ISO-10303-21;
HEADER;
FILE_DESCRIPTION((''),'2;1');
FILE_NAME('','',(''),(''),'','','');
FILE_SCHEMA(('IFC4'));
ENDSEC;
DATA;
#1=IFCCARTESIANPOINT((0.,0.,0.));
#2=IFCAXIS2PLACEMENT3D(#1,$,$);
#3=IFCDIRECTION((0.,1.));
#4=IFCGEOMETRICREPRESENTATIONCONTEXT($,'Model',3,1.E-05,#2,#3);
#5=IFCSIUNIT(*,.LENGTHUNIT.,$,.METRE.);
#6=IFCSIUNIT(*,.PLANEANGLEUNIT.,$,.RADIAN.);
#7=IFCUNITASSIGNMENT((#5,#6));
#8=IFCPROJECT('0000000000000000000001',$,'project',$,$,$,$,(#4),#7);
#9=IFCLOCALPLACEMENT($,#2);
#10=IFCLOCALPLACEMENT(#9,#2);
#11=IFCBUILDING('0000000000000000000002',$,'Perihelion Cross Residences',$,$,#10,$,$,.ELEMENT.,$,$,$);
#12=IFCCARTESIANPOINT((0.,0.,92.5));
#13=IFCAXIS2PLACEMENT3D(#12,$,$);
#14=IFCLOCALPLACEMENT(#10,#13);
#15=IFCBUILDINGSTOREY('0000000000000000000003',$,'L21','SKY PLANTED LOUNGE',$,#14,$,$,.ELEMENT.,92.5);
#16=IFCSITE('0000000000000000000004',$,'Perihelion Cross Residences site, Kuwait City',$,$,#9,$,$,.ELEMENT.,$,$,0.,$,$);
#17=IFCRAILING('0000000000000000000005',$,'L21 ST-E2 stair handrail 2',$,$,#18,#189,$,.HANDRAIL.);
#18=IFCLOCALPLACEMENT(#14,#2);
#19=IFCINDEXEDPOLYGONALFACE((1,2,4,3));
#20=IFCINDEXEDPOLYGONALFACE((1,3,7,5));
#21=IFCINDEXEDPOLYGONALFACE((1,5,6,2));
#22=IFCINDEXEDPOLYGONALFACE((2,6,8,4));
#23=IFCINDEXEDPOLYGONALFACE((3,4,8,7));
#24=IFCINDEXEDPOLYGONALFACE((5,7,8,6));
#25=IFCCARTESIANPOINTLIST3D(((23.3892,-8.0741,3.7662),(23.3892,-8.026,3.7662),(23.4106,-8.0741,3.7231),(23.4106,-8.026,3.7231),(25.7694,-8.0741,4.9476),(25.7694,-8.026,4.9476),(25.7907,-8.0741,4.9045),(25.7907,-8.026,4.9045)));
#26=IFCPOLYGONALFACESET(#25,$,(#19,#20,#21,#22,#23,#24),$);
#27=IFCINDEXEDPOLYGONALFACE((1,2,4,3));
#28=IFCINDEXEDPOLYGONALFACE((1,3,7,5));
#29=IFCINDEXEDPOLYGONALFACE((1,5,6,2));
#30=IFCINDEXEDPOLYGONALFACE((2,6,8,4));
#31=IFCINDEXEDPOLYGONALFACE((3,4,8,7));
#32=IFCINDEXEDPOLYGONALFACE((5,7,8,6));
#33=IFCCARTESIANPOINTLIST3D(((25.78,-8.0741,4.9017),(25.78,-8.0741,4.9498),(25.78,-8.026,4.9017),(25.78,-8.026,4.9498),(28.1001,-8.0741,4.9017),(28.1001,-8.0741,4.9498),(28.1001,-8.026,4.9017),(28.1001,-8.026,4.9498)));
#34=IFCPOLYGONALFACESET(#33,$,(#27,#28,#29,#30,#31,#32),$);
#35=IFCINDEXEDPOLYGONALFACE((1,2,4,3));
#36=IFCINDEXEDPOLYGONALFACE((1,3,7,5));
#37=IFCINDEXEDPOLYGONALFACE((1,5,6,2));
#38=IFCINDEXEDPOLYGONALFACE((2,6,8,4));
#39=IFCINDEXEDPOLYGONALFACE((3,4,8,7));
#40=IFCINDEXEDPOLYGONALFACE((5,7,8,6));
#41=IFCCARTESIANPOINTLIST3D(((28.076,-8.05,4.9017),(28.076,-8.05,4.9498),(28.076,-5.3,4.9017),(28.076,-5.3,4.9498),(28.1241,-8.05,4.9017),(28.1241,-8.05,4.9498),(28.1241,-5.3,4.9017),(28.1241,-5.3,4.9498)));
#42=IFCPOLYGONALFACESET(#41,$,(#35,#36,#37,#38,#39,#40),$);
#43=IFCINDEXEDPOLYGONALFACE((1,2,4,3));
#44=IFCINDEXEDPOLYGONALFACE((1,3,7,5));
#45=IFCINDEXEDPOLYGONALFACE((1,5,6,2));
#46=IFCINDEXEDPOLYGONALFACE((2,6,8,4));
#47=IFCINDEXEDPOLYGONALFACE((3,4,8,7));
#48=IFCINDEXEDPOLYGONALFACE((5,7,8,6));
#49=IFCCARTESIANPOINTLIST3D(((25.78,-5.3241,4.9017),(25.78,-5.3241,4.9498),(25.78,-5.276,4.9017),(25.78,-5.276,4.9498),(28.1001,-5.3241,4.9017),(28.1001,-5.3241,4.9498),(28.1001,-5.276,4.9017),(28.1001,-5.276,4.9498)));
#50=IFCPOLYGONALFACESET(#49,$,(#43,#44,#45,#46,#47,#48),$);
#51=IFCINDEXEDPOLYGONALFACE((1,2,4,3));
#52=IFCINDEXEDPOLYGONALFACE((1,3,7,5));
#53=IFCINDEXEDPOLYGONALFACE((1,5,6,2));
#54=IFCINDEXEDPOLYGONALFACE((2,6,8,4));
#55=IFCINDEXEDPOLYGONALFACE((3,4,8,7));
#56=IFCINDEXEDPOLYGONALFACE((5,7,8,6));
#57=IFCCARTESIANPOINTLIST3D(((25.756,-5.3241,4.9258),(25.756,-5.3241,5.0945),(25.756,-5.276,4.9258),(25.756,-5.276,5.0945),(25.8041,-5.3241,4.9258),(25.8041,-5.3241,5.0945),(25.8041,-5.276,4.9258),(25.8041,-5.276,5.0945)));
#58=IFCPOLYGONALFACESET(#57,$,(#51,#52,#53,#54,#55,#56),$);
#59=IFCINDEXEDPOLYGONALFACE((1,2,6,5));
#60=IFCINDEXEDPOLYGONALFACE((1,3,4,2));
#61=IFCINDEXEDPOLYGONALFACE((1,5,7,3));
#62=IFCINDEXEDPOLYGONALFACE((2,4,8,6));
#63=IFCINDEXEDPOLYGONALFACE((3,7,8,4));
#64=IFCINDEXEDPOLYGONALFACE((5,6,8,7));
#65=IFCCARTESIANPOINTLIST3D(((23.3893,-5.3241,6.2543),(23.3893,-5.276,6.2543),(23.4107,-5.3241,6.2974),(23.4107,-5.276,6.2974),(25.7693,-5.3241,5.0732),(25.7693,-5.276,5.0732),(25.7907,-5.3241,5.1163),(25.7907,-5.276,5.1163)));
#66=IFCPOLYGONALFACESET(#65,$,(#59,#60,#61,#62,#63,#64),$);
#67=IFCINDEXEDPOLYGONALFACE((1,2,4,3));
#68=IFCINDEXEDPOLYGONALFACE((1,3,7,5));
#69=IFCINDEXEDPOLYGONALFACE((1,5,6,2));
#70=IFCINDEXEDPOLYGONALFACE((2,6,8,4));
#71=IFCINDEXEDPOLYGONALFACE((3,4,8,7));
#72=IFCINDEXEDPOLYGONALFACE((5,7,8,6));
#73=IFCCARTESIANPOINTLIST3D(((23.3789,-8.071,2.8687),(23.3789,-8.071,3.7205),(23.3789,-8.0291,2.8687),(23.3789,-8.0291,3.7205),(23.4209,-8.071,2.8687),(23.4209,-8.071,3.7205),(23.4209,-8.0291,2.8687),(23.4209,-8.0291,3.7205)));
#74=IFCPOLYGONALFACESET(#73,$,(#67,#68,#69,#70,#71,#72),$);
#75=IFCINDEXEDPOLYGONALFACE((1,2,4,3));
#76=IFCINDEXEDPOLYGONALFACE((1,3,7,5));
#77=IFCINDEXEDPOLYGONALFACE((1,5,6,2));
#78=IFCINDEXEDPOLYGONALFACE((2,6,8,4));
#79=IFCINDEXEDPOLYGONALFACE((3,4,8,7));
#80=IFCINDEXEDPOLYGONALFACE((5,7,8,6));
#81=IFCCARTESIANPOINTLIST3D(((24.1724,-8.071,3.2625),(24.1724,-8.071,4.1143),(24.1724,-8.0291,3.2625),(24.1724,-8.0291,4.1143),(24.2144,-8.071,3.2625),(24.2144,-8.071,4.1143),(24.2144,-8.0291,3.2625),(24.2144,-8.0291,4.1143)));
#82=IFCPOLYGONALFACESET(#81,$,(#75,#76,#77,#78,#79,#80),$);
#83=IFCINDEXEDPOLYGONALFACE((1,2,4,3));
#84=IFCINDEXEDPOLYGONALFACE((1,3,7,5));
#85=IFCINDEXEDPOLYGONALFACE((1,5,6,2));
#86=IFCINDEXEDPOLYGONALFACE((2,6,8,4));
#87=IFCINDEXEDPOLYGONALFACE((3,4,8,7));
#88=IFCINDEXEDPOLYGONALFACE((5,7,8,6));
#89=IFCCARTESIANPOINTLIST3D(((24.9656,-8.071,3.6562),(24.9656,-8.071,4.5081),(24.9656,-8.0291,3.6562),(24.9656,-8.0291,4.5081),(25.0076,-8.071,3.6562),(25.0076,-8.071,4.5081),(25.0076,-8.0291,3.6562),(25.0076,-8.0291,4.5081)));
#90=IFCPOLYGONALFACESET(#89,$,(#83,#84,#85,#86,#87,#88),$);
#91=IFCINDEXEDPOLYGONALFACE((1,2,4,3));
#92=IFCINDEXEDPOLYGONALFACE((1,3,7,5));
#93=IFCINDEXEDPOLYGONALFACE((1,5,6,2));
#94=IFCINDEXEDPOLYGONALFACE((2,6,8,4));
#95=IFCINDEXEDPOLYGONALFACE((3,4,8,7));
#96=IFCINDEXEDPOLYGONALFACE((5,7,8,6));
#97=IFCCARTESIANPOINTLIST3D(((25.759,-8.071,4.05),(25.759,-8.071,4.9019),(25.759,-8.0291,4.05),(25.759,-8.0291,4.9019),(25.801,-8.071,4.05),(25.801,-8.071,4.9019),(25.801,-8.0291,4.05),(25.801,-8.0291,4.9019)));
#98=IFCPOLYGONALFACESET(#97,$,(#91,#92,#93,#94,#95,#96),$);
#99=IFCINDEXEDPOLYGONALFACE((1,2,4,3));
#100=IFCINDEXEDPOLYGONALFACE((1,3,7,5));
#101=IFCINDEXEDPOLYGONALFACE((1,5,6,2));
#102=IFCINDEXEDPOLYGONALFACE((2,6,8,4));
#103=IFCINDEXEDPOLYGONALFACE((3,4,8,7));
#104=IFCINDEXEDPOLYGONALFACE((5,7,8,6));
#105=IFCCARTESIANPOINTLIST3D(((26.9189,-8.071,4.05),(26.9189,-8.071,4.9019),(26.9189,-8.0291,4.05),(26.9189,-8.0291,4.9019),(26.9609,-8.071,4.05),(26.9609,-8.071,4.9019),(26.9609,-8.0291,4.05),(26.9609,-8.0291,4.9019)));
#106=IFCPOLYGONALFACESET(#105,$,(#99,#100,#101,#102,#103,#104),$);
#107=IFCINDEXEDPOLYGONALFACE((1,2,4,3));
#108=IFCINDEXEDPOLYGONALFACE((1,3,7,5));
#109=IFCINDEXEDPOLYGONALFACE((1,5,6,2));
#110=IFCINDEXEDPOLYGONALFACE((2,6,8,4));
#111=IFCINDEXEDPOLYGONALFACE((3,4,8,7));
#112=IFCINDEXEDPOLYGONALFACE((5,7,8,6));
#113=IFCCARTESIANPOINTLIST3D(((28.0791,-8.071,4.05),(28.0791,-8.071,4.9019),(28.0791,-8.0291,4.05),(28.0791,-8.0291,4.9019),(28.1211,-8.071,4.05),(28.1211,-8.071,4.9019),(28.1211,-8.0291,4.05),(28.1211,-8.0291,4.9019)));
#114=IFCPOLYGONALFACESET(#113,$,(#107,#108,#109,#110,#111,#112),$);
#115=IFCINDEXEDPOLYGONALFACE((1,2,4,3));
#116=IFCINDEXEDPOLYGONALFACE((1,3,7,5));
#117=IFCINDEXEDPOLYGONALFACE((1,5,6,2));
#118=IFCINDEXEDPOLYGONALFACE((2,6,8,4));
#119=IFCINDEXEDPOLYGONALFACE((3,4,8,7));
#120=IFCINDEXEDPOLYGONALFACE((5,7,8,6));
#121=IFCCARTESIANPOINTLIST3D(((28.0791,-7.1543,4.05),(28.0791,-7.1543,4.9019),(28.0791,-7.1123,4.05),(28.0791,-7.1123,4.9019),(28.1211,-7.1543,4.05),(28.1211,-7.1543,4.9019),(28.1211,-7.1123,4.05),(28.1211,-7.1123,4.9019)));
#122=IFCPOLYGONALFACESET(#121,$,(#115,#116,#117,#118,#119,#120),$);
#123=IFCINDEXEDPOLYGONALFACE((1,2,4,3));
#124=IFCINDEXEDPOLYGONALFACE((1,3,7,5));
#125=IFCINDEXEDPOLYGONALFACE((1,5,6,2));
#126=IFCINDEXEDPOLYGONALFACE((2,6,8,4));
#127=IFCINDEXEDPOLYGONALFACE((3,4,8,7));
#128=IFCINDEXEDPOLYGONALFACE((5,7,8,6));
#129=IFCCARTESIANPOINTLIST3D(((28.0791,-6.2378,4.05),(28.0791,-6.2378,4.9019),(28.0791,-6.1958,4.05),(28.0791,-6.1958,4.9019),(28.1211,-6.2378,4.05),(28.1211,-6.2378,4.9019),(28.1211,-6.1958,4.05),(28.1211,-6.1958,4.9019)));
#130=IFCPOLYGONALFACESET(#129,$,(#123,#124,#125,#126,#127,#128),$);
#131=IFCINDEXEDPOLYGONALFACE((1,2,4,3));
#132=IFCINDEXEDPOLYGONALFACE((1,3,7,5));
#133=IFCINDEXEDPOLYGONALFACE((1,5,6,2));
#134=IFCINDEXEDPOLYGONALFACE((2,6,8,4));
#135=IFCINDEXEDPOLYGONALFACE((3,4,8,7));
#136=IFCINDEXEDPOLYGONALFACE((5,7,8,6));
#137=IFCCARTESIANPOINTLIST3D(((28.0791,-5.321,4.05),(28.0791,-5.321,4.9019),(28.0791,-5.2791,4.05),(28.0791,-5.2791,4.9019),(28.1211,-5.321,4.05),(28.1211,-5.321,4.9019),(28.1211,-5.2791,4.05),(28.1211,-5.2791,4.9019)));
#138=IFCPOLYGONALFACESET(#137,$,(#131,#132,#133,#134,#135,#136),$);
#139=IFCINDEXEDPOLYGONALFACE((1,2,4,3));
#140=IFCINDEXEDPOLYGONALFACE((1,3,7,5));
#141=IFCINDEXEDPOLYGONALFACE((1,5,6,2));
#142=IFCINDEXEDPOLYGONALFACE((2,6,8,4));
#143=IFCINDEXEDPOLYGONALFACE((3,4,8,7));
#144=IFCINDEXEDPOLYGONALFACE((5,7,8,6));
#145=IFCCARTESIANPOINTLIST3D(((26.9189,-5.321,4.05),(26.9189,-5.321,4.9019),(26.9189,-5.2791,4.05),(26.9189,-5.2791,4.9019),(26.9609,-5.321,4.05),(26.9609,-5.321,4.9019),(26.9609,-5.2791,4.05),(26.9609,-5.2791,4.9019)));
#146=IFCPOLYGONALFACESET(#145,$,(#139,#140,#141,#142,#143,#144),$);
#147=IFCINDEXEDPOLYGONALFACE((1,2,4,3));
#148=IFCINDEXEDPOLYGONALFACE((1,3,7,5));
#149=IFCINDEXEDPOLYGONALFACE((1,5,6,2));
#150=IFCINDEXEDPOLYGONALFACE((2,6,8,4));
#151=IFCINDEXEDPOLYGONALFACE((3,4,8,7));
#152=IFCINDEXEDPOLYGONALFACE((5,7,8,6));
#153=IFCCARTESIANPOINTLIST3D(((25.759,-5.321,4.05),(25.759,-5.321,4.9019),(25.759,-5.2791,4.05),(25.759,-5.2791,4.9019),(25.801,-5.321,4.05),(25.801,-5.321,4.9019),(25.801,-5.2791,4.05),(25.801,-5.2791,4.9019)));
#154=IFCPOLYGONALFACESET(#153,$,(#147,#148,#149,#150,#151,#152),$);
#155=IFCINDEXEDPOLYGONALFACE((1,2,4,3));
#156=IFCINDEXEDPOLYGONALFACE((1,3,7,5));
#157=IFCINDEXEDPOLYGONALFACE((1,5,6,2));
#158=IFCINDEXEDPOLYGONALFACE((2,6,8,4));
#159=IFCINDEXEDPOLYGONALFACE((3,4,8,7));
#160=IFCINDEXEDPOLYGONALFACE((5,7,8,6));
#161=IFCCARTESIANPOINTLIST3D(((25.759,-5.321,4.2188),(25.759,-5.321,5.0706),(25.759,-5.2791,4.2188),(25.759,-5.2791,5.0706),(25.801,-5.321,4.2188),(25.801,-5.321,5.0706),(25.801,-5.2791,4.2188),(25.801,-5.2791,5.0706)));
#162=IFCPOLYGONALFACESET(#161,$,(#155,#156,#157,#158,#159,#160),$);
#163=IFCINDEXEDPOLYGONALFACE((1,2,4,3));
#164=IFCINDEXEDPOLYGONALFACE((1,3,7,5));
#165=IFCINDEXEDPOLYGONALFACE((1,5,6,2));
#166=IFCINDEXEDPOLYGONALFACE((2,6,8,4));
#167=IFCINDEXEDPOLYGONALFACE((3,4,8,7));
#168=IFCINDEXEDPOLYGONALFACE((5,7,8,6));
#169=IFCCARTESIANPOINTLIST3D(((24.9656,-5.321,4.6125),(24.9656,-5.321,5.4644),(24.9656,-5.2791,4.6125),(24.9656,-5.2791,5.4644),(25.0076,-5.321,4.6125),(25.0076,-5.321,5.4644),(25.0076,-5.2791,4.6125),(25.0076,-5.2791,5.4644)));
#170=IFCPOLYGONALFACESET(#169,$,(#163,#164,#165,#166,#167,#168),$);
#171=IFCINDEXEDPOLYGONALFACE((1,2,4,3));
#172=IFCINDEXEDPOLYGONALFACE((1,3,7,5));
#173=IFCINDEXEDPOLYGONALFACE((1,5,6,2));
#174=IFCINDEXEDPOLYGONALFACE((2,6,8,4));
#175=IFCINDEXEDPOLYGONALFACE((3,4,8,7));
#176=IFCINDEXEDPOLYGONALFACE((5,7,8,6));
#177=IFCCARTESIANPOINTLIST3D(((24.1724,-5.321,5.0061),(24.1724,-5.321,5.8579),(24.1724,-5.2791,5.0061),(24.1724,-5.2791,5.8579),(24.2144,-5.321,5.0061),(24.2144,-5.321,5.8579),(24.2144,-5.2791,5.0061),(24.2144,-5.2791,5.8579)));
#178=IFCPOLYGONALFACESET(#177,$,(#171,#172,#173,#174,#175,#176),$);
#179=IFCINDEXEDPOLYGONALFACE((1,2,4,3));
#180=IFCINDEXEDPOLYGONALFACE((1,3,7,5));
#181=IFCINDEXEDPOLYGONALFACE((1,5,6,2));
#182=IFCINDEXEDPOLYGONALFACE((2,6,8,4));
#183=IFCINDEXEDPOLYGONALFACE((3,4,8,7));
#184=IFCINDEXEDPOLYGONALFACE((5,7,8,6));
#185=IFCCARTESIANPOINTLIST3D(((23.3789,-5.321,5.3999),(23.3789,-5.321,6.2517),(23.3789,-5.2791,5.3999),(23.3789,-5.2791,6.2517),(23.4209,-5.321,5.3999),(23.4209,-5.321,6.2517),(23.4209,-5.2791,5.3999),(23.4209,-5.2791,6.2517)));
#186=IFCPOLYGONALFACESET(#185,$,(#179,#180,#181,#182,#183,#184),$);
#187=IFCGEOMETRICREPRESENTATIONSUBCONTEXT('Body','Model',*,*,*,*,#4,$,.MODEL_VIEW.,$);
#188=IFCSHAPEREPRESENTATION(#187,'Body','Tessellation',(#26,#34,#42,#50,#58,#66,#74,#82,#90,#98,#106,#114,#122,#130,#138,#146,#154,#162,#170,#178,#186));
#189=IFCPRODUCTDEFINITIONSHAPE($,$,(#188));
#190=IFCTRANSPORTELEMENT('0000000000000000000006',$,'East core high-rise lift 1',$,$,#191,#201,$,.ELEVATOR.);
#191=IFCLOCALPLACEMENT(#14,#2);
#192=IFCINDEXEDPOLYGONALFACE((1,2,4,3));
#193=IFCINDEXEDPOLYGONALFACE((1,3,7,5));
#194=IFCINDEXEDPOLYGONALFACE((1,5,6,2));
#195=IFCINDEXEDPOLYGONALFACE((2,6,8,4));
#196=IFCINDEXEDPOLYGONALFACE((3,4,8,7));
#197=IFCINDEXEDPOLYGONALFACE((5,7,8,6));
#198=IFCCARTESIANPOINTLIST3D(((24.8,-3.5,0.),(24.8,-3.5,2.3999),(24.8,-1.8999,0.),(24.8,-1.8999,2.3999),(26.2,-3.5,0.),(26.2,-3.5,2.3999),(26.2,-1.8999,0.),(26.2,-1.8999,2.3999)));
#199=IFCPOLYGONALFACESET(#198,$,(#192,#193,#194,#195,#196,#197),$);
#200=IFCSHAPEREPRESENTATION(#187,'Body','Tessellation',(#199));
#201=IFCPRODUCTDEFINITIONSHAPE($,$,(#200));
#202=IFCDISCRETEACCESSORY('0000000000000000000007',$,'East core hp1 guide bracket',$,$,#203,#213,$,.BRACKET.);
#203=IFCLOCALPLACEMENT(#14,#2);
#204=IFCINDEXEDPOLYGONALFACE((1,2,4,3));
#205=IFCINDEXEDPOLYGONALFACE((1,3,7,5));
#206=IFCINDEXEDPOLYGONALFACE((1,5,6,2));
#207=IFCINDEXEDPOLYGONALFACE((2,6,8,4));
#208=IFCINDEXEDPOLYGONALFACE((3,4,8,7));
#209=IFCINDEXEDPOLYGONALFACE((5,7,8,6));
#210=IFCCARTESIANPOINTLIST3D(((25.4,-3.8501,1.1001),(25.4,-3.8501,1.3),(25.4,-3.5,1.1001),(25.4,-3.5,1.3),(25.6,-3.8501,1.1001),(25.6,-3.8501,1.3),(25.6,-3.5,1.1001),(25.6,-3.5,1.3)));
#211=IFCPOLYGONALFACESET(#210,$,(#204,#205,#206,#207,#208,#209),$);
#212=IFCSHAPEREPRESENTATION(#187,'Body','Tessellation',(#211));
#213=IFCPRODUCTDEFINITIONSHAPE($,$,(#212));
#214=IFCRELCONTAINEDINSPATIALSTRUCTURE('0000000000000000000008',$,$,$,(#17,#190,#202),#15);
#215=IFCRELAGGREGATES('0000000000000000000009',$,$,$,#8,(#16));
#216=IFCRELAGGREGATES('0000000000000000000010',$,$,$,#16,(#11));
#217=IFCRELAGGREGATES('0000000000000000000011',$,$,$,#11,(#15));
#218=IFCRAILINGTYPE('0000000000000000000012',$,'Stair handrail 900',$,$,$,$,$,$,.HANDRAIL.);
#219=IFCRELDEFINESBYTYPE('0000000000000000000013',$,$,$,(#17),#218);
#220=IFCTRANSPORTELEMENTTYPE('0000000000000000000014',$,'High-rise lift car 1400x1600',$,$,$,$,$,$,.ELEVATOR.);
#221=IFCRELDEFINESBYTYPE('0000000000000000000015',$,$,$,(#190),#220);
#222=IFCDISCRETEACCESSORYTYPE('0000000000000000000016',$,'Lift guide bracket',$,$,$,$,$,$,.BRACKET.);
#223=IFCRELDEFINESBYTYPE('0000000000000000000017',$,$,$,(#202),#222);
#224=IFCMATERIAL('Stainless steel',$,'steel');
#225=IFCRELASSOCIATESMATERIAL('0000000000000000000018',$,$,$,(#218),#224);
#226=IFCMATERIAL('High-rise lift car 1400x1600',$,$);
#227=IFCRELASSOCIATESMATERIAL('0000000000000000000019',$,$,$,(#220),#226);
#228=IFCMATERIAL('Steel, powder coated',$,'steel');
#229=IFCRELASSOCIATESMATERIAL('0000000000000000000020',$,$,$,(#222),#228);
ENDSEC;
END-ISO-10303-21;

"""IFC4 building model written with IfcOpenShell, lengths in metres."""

from ifc_helpers import new_model, si_unit, direction, frame, origin, origin_2d, place, context, subcontext, project, spatial, rectangle, extrude, material, type_object, element, save


model = new_model("IFC4")

# Units and contexts
model_context = context("Model", 3, precision=1e-05, world=origin(), true_north=direction((0.0, 1.0)))
body_context = subcontext(model_context, "Body", "Model", "MODEL_VIEW")
ifc_project = project(units=[si_unit("LENGTHUNIT", "METRE"), si_unit("PLANEANGLEUNIT", "RADIAN")], contexts=[model_context])

# Site, building, storey
site_placement = place(None, origin())
site = spatial("IfcSite", under=ifc_project, at=site_placement, Name="Perihelion Cross Residences site, Kuwait City", CompositionType="ELEMENT", RefElevation=0.0)
building_placement = place(site_placement, origin())
building = spatial("IfcBuilding", under=site, at=building_placement, Name="Perihelion Cross Residences", CompositionType="ELEMENT")
storey_placement = place(building_placement, frame((0.0, 0.0, 92.5)))
storey = spatial("IfcBuildingStorey", under=building, at=storey_placement, Name="L21", Description="SKY PLANTED LOUNGE", CompositionType="ELEMENT", Elevation=92.5)

# Railing
ifc_material_1 = material(Name="Stainless steel", Category="steel")
railing_type_1 = type_object("IfcRailingType", Name="Stair handrail 900", PredefinedType="HANDRAIL", material=ifc_material_1)
railing_1_placement = place(storey_placement, frame((23.3999, -8.05, 2.8687)))
element("IfcRailing", 1, at=railing_1_placement, inside=storey, type_object=railing_type_1, Name="L21 ST-E2 stair handrail 2", PredefinedType="HANDRAIL", context=body_context, shape_type="SweptSolid", body=[
    extrude(rectangle(XDim=0.0481, YDim=0.0481, at=origin_2d()), frame((0.0, 0.0, 0.876), z_axis=(0.895728, 0.0, 0.444602), x_axis=(0.0, 1.0, 0.0)), (0.0, 0.0, 1.0), 2.6572),
    extrude(rectangle(XDim=0.0481, YDim=0.0481, at=origin_2d()), frame((2.3801, 0.0, 2.0571), z_axis=(1.0, 0.0, 0.0), x_axis=(0.0, 1.0, 0.0)), (0.0, 0.0, 1.0), 2.3201),
    extrude(rectangle(XDim=0.0481, YDim=0.0481, at=origin_2d()), frame((4.7002, 0.0, 2.0571), z_axis=(0.0, 1.0, 0.0), x_axis=(-1.0, 0.0, 0.0)), (0.0, 0.0, 1.0), 2.75),
    extrude(rectangle(XDim=0.0481, YDim=0.0481, at=origin_2d()), frame((4.7002, 2.75, 2.0571), z_axis=(-1.0, 0.0, 0.0), x_axis=(0.0, -1.0, 0.0)), (0.0, 0.0, 1.0), 2.3201),
    extrude(rectangle(XDim=0.0481, YDim=0.0481, at=origin_2d()), frame((2.3801, 2.75, 2.0571), z_axis=(0.0, 0.0, 1.0), x_axis=(1.0, 0.0, 0.0)), (0.0, 0.0, 1.0), 0.1687),
    extrude(rectangle(XDim=0.0481, YDim=0.0481, at=origin_2d()), frame((2.3801, 2.75, 2.2261), z_axis=(-0.895765, 0.0, 0.444529), x_axis=(0.0, -1.0, 0.0)), (0.0, 0.0, 1.0), 2.657),
    extrude(rectangle(XDim=0.042, YDim=0.042, at=origin_2d()), origin(), (0.0, 0.0, 1.0), 0.8518),
    extrude(rectangle(XDim=0.042, YDim=0.042, at=origin_2d()), frame((0.7935, 0.0, 0.3938)), (0.0, 0.0, 1.0), 0.8518),
    extrude(rectangle(XDim=0.042, YDim=0.042, at=origin_2d()), frame((1.5867, 0.0, 0.7876)), (0.0, 0.0, 1.0), 0.8518),
    extrude(rectangle(XDim=0.042, YDim=0.042, at=origin_2d()), frame((2.3801, 0.0, 1.1814)), (0.0, 0.0, 1.0), 0.8518),
    extrude(rectangle(XDim=0.042, YDim=0.042, at=origin_2d()), frame((3.54, 0.0, 1.1814)), (0.0, 0.0, 1.0), 0.8518),
    extrude(rectangle(XDim=0.042, YDim=0.042, at=origin_2d()), frame((4.7002, 0.0, 1.1814)), (0.0, 0.0, 1.0), 0.8518),
    extrude(rectangle(XDim=0.042, YDim=0.042, at=origin_2d()), frame((4.7002, 0.9167, 1.1814)), (0.0, 0.0, 1.0), 0.8518),
    extrude(rectangle(XDim=0.042, YDim=0.042, at=origin_2d()), frame((4.7002, 1.8333, 1.1814)), (0.0, 0.0, 1.0), 0.8518),
    extrude(rectangle(XDim=0.042, YDim=0.042, at=origin_2d()), frame((4.7002, 2.75, 1.1814)), (0.0, 0.0, 1.0), 0.8518),
    extrude(rectangle(XDim=0.042, YDim=0.042, at=origin_2d()), frame((3.54, 2.75, 1.1814)), (0.0, 0.0, 1.0), 0.8518),
    extrude(rectangle(XDim=0.042, YDim=0.042, at=origin_2d()), frame((2.3801, 2.75, 1.1814)), (0.0, 0.0, 1.0), 0.8518),
    extrude(rectangle(XDim=0.042, YDim=0.042, at=origin_2d()), frame((2.3801, 2.75, 1.3501)), (0.0, 0.0, 1.0), 0.8518),
    extrude(rectangle(XDim=0.042, YDim=0.042, at=origin_2d()), frame((1.5867, 2.75, 1.7439)), (0.0, 0.0, 1.0), 0.8518),
    extrude(rectangle(XDim=0.042, YDim=0.042, at=origin_2d()), frame((0.7935, 2.75, 2.1375)), (0.0, 0.0, 1.0), 0.8518),
    extrude(rectangle(XDim=0.042, YDim=0.042, at=origin_2d()), frame((0.0, 2.75, 2.5312)), (0.0, 0.0, 1.0), 0.8518),
])

# Transport element
ifc_material_2 = material(Name="High-rise lift car 1400x1600")
transport_element_type = type_object("IfcTransportElementType", Name="High-rise lift car 1400x1600", PredefinedType="ELEVATOR", material=ifc_material_2)
transport_element_placement = place(storey_placement, frame((25.5, -2.7, 0.0), z_axis=(0.0, 0.0, 1.0), x_axis=(1.0, 0.0, 0.0)))
element("IfcTransportElement", 2, at=transport_element_placement, inside=storey, type_object=transport_element_type, Name="East core high-rise lift 1", PredefinedType="ELEVATOR", context=body_context, shape_type="SweptSolid", body=[
    extrude(rectangle(XDim=1.3999, YDim=1.6001, at=origin_2d()), origin(), (0.0, 0.0, 1.0), 2.3999),
])

# Discrete accessory
ifc_material_3 = material(Name="Steel, powder coated", Category="steel")
discrete_accessory_type = type_object("IfcDiscreteAccessoryType", Name="Lift guide bracket", PredefinedType="BRACKET", material=ifc_material_3)
discrete_accessory_placement = place(storey_placement, frame((25.5, -3.675, 1.1001), z_axis=(0.0, 0.0, 1.0), x_axis=(1.0, 0.0, 0.0)))
element("IfcDiscreteAccessory", 3, at=discrete_accessory_placement, inside=storey, type_object=discrete_accessory_type, Name="East core hp1 guide bracket", PredefinedType="BRACKET", context=body_context, shape_type="SweptSolid", body=[
    extrude(rectangle(XDim=0.2, YDim=0.3501, at=origin_2d()), origin(), (0.0, 0.0, 1.0), 0.2),
])

save(model, "model.ifc")
